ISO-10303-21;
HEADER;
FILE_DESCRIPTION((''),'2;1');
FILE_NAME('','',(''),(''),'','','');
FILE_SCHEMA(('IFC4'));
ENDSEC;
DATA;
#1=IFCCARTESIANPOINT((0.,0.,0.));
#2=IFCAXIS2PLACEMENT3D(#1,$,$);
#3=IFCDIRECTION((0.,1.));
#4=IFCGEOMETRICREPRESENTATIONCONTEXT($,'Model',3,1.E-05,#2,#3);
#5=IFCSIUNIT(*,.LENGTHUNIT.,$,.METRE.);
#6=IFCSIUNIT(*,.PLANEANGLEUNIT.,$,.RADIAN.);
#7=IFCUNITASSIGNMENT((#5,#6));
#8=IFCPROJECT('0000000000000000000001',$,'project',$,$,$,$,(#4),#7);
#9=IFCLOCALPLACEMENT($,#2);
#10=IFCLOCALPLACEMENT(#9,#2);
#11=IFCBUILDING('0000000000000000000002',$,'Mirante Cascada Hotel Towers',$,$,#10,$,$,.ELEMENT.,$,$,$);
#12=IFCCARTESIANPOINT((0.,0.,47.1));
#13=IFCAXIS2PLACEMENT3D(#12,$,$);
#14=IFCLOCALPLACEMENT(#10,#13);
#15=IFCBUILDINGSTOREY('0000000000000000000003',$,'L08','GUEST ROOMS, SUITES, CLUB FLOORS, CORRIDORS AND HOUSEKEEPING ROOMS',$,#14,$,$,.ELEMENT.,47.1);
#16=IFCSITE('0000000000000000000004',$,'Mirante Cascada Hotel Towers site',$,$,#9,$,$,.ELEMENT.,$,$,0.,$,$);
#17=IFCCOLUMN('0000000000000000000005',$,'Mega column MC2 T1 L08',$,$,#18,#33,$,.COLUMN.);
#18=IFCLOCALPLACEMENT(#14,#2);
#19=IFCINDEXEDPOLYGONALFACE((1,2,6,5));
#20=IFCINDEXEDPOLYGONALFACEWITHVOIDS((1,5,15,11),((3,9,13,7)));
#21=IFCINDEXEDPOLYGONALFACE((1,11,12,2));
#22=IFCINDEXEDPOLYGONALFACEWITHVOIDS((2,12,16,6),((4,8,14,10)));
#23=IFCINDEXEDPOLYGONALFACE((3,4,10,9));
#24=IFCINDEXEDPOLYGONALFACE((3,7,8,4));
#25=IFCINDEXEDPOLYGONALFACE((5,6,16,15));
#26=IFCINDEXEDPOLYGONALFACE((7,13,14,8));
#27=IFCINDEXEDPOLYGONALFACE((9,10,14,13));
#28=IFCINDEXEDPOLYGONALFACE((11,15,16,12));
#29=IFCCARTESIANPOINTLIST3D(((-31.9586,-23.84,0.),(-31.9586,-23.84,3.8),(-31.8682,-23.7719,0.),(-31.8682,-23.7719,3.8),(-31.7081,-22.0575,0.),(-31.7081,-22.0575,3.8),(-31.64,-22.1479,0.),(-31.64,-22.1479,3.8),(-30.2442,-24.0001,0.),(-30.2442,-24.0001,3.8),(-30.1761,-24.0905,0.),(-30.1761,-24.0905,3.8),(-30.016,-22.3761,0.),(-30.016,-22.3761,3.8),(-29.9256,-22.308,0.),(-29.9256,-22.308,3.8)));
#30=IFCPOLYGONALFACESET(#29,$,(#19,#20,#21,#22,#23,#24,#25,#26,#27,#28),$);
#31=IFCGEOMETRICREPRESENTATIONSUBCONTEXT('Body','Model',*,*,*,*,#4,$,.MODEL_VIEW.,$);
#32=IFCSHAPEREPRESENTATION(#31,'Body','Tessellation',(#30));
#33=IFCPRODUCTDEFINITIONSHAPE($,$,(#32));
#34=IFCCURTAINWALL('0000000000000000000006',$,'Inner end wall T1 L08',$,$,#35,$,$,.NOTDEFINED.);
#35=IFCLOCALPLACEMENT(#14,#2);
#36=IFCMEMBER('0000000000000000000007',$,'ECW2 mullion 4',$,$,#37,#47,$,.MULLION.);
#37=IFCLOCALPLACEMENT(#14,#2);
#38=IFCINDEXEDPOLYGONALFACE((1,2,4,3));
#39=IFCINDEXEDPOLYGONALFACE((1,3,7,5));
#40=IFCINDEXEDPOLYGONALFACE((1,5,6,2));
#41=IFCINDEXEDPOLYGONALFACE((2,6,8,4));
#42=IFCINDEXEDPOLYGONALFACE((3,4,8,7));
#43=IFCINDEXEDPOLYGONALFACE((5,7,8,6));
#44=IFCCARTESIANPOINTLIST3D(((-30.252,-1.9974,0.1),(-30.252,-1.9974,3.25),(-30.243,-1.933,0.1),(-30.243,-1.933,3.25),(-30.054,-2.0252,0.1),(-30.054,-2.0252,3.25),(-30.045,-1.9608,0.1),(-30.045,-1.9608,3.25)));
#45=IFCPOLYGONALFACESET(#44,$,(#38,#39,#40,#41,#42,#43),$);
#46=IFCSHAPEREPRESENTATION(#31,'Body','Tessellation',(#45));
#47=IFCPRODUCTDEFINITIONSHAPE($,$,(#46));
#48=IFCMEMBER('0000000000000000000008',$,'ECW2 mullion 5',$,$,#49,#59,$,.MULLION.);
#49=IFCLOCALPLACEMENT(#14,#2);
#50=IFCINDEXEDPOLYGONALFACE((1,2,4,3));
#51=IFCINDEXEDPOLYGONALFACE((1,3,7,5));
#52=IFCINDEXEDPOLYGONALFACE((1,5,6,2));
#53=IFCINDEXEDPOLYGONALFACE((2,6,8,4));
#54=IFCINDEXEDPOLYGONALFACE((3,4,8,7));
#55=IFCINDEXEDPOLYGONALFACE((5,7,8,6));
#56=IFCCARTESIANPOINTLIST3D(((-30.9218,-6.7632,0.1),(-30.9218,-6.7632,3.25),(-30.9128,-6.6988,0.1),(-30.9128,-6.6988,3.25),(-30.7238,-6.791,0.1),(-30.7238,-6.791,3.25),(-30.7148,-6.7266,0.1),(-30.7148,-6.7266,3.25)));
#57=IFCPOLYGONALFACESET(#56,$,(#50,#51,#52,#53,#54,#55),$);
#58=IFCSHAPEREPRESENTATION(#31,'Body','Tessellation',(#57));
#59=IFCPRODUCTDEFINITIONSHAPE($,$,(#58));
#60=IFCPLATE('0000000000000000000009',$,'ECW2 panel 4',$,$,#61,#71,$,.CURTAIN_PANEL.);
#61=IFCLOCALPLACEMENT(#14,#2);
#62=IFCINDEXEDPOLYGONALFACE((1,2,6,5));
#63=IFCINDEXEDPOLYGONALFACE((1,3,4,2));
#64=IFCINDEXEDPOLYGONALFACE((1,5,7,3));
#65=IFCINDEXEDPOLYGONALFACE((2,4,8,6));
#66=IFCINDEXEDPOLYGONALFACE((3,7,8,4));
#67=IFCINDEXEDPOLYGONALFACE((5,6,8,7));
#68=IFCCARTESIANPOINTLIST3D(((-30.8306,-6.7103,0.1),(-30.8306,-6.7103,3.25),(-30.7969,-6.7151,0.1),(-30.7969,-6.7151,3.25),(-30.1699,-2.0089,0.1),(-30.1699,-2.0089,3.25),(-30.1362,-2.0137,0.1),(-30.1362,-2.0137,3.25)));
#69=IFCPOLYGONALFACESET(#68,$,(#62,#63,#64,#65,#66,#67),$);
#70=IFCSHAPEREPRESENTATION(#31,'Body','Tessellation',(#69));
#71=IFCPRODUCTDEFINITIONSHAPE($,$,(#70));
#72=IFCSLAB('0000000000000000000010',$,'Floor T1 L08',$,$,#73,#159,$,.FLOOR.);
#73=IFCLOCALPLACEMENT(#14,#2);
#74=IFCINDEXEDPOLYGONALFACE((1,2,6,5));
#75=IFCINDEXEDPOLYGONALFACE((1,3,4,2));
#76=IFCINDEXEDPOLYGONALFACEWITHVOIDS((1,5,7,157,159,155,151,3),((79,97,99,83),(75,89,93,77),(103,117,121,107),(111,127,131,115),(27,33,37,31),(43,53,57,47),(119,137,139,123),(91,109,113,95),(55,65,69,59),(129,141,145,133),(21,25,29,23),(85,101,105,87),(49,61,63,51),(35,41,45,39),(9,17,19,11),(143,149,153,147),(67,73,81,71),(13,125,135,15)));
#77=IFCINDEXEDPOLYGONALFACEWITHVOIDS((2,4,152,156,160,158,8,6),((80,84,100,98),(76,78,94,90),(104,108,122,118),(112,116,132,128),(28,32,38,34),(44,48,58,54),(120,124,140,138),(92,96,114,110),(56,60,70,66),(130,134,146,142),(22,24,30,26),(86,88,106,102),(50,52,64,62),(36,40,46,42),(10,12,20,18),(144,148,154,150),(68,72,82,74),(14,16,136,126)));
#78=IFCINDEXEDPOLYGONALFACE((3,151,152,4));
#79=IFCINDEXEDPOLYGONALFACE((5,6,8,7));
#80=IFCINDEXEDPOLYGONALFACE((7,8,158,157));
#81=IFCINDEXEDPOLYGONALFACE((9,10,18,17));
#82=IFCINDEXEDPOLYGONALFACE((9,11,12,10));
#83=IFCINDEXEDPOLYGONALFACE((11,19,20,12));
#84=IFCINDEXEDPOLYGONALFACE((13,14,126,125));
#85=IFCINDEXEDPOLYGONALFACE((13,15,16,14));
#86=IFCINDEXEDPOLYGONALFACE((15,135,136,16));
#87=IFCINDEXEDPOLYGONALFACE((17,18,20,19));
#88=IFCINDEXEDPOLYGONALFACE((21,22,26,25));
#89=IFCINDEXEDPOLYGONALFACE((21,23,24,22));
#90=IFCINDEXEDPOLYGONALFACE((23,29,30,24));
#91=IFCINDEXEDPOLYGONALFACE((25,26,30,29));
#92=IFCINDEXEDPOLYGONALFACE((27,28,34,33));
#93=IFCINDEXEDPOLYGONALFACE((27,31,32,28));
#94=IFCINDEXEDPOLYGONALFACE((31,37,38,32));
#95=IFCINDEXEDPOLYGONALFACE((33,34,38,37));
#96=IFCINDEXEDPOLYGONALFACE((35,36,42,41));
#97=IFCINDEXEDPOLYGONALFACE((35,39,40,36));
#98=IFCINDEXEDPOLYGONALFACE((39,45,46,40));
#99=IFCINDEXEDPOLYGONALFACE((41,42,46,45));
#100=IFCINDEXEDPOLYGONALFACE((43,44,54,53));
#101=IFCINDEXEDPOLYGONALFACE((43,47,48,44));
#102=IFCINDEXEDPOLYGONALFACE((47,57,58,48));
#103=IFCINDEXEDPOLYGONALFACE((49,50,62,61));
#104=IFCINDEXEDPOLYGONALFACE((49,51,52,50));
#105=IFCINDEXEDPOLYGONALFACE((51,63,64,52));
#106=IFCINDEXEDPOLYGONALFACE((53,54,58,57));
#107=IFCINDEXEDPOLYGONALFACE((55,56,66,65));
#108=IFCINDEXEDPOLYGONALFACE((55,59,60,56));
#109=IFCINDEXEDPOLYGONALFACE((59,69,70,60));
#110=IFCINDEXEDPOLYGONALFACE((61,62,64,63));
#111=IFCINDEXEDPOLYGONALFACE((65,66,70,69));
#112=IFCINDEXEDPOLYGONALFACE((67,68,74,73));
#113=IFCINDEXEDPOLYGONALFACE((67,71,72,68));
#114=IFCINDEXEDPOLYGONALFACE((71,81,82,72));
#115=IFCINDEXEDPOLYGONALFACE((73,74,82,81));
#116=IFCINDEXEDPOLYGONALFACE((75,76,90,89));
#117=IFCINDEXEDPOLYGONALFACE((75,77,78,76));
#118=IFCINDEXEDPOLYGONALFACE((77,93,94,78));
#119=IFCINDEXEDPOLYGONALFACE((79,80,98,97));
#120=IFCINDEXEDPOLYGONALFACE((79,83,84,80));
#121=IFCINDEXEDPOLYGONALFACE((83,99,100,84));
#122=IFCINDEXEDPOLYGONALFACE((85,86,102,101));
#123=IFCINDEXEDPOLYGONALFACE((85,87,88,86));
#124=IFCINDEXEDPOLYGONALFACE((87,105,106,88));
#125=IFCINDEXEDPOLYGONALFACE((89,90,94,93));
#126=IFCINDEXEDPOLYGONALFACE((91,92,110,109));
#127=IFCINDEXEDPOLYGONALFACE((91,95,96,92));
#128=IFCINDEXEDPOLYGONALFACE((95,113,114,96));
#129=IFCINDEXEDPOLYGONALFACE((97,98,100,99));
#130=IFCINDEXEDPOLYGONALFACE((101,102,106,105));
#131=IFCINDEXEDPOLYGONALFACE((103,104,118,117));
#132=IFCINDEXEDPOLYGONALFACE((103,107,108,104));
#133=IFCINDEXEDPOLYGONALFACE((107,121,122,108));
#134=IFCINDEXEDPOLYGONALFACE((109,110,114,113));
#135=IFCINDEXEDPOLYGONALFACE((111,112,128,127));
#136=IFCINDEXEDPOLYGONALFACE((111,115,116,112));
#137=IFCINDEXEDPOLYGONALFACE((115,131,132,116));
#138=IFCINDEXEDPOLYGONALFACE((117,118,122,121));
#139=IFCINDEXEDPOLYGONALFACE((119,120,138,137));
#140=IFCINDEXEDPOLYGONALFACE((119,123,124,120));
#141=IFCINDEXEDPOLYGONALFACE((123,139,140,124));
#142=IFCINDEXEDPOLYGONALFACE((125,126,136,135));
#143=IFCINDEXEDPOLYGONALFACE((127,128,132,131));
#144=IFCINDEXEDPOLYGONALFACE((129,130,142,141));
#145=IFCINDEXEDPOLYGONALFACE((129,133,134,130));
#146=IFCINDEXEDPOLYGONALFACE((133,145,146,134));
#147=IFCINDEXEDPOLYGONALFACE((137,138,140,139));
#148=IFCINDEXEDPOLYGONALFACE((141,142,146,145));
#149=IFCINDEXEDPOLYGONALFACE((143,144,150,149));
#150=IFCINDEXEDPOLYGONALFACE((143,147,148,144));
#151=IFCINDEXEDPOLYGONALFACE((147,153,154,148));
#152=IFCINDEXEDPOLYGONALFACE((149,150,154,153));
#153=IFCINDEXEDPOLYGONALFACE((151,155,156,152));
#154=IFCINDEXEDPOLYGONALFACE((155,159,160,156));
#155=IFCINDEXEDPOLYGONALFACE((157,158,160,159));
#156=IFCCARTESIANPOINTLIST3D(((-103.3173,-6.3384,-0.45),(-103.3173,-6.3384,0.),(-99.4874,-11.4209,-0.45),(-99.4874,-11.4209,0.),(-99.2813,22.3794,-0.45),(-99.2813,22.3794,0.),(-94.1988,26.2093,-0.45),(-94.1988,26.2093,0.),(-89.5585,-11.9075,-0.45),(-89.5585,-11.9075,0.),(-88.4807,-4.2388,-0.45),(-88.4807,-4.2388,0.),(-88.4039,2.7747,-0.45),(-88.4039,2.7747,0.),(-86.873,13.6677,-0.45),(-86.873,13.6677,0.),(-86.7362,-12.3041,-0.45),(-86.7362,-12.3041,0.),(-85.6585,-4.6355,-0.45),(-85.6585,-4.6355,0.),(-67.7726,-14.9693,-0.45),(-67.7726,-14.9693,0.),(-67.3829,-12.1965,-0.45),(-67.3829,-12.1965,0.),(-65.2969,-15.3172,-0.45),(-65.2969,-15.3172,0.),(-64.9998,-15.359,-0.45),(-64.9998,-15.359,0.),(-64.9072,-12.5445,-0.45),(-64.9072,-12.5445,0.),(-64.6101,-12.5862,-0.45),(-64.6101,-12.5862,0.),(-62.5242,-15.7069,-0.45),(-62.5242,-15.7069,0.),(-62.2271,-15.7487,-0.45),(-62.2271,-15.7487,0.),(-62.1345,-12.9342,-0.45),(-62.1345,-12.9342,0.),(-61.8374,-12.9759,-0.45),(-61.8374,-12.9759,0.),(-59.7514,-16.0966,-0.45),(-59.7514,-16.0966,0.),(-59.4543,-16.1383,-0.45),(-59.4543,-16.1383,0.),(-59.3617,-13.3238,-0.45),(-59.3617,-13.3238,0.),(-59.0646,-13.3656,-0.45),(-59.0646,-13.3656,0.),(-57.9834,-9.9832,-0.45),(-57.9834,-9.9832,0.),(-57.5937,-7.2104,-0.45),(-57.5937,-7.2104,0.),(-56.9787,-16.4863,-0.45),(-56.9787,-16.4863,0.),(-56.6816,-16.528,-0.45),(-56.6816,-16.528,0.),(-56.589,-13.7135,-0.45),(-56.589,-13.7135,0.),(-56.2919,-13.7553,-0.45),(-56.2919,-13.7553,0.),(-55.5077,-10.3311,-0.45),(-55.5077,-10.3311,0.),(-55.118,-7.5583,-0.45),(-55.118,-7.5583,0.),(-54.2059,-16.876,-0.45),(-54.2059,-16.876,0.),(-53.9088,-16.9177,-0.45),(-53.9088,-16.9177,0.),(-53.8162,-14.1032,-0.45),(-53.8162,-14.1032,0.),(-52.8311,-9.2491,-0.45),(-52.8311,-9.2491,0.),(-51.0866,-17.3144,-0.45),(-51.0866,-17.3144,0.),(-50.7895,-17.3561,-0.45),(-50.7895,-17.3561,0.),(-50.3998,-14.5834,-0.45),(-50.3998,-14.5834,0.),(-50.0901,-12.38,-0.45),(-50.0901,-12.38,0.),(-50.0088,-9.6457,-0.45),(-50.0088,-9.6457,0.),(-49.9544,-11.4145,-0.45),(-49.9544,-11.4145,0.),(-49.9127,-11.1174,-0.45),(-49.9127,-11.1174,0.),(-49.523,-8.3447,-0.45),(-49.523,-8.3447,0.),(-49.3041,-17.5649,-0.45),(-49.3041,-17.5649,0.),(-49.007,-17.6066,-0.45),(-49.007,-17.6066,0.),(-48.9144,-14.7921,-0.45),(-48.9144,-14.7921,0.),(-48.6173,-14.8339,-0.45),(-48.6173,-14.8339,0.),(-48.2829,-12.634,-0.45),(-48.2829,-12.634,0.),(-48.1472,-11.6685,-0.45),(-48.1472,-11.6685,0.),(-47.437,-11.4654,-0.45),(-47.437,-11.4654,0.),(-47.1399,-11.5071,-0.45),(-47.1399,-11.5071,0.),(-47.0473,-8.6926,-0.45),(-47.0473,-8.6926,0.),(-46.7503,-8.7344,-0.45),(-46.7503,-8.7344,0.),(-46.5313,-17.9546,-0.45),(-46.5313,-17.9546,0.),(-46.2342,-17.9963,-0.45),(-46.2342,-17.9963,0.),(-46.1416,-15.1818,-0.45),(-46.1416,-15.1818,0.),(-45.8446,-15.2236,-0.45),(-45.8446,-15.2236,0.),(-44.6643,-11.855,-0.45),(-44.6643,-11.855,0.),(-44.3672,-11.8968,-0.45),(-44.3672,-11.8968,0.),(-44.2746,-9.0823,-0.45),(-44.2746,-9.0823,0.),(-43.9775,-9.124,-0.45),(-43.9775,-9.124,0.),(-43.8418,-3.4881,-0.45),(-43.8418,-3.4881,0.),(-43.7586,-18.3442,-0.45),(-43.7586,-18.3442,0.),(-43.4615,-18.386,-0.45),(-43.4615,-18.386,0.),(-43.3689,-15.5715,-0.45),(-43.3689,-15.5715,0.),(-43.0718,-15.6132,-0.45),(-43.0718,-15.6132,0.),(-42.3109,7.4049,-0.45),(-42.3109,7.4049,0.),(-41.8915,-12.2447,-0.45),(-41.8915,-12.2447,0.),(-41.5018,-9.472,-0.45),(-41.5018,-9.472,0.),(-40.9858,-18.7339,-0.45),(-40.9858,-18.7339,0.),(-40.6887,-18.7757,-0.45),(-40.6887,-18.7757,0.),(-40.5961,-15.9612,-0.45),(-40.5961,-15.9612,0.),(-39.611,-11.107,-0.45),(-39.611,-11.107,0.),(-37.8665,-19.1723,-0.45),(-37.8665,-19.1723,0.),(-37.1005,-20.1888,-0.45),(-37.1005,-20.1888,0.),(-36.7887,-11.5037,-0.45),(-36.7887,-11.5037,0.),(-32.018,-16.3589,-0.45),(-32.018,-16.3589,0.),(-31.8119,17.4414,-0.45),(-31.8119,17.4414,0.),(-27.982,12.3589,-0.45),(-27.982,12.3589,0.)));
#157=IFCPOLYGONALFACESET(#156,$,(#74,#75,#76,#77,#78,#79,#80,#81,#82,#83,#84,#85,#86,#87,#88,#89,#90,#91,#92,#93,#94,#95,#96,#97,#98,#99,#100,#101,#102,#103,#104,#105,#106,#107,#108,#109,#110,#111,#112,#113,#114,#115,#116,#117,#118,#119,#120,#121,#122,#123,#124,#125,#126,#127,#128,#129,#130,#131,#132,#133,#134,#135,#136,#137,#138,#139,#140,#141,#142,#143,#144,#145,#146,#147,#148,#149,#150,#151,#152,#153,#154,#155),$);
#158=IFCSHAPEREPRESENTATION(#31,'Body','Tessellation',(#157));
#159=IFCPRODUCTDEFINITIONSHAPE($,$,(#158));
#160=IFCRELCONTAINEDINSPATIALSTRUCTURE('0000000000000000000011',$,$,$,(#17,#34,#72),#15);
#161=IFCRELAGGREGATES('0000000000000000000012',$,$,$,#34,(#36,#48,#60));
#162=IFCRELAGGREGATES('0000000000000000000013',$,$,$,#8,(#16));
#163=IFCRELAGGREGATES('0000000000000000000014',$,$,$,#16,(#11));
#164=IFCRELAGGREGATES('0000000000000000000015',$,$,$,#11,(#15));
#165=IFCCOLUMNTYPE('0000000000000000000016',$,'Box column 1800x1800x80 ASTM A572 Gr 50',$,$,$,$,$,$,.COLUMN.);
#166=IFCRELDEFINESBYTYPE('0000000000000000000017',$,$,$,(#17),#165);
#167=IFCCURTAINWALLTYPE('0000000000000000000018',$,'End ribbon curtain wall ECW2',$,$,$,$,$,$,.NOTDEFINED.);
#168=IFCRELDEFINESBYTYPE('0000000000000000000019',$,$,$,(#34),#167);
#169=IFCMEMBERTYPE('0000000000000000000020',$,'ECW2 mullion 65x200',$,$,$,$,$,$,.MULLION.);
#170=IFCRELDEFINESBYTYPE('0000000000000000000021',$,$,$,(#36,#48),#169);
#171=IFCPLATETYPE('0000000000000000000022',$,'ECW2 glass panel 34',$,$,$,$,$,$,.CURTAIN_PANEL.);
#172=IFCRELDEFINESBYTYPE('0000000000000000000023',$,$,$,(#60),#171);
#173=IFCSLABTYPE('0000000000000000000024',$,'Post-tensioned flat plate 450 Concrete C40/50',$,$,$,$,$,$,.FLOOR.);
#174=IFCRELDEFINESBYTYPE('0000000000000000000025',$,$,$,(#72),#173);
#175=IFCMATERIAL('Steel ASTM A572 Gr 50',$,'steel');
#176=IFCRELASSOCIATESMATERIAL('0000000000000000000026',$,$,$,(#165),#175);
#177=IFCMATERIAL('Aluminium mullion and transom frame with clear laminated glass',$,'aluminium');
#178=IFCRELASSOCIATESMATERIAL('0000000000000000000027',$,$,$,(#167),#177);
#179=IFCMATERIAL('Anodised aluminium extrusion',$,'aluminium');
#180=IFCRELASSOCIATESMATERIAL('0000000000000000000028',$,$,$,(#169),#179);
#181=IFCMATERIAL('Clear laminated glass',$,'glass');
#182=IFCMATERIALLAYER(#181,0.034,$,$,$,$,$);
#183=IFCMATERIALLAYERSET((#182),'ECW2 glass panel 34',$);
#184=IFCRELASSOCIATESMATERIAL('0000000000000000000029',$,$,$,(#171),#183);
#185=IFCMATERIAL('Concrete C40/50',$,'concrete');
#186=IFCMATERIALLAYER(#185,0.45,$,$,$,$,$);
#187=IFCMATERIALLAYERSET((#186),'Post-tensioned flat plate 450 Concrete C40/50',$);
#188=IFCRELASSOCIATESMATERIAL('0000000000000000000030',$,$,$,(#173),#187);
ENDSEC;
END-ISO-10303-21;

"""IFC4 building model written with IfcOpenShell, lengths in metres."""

from ifc_helpers import new_model, si_unit, direction, frame, origin, origin_2d, place, context, subcontext, project, spatial, polyline, rectangle, hollow_rectangle, outline, extrude, material, layer, layer_set, material_profile, profile_set, type_object, element, aggregate, save


model = new_model("IFC4")

# Units and contexts
model_context = context("Model", 3, precision=1e-05, world=origin(), true_north=direction((0.0, 1.0)))
body_context = subcontext(model_context, "Body", "Model", "MODEL_VIEW")
ifc_project = project(units=[si_unit("LENGTHUNIT", "METRE"), si_unit("PLANEANGLEUNIT", "RADIAN")], contexts=[model_context])

# Site, building, storey
site_placement = place(None, origin())
site = spatial("IfcSite", under=ifc_project, at=site_placement, Name="Mirante Cascada Hotel Towers site", CompositionType="ELEMENT", RefElevation=0.0)
building_placement = place(site_placement, origin())
building = spatial("IfcBuilding", under=site, at=building_placement, Name="Mirante Cascada Hotel Towers", CompositionType="ELEMENT")
storey_placement = place(building_placement, frame((0.0, 0.0, 47.1)))
storey = spatial("IfcBuildingStorey", under=building, at=storey_placement, Name="L08", Description="GUEST ROOMS, SUITES, CLUB FLOORS, CORRIDORS AND HOUSEKEEPING ROOMS", CompositionType="ELEMENT", Elevation=47.1)

# Column
ifc_material_1 = material(Name="Steel ASTM A572 Gr 50", Category="steel")
ifc_material_profile_1 = material_profile(ifc_material_1, hollow_rectangle(XDim=1.8, YDim=1.8, WallThickness=0.08, at=origin_2d()), Name="Box column 1800x1800x80 ASTM A572 Gr 50")
ifc_profile_set_1 = profile_set([ifc_material_profile_1], Name="Steel ASTM A572 Gr 50")
column_type = type_object("IfcColumnType", Name="Box column 1800x1800x80 ASTM A572 Gr 50", PredefinedType="COLUMN", material=ifc_profile_set_1)
column_placement = place(storey_placement, frame((-30.9421, -23.074, 0.0), z_axis=(0.0, 0.0, 1.0), x_axis=(-0.990268, 0.139173, 0.0)))
element("IfcColumn", 1, at=column_placement, inside=storey, type_object=column_type, Name="Mega column MC2 T1 L08", PredefinedType="COLUMN", context=body_context, shape_type="SweptSolid", body=[
    extrude(hollow_rectangle(XDim=1.8, YDim=1.8, WallThickness=0.08, at=origin_2d()), origin(), (0.0, 0.0, 1.0), 3.8),
])

# Curtain wall, members, plate
ifc_material_2 = material(Name="Aluminium mullion and transom frame with clear laminated glass", Category="aluminium")
curtain_wall_type = type_object("IfcCurtainWallType", Name="End ribbon curtain wall ECW2", PredefinedType="NOTDEFINED", material=ifc_material_2)
curtain_wall_placement = place(storey_placement, origin())
curtain_wall = element("IfcCurtainWall", 2, at=curtain_wall_placement, inside=storey, type_object=curtain_wall_type, Name="Inner end wall T1 L08", PredefinedType="NOTDEFINED")
ifc_material_3 = material(Name="Anodised aluminium extrusion", Category="aluminium")
ifc_material_profile_2 = material_profile(ifc_material_3, rectangle(XDim=0.2, YDim=0.065, at=origin_2d()), Name="ECW2 MULLION 65x200")
ifc_profile_set_2 = profile_set([ifc_material_profile_2], Name="Anodised aluminium extrusion")
member_type = type_object("IfcMemberType", Name="ECW2 mullion 65x200", PredefinedType="MULLION", material=ifc_profile_set_2)
member_1_placement = place(storey_placement, frame((-30.1485, -1.9791, 0.1), z_axis=(0.0, 0.0, 1.0), x_axis=(0.990268, -0.139173, 0.0)))
member_1 = element("IfcMember", 3, at=member_1_placement, type_object=member_type, Name="ECW2 mullion 4", PredefinedType="MULLION", context=body_context, shape_type="SweptSolid", body=[
    extrude(rectangle(XDim=0.2, YDim=0.065, at=origin_2d()), origin(), (0.0, 0.0, 1.0), 3.15),
])
member_2_placement = place(storey_placement, frame((-30.8183, -6.7449, 0.1), z_axis=(0.0, 0.0, 1.0), x_axis=(0.990268, -0.139173, 0.0)))
member_2 = element("IfcMember", 4, at=member_2_placement, type_object=member_type, Name="ECW2 mullion 5", PredefinedType="MULLION", context=body_context, shape_type="SweptSolid", body=[
    extrude(rectangle(XDim=0.2, YDim=0.065, at=origin_2d()), origin(), (0.0, 0.0, 1.0), 3.15),
])
ifc_material_4 = material(Name="Clear laminated glass", Category="glass")
ifc_layer_1 = layer(ifc_material_4, 0.034)
ifc_layer_set_1 = layer_set([ifc_layer_1], Name="ECW2 glass panel 34")
plate_type = type_object("IfcPlateType", Name="ECW2 glass panel 34", PredefinedType="CURTAIN_PANEL", material=ifc_layer_set_1)
plate_placement = place(storey_placement, frame((-30.4834, -4.362, 0.1), z_axis=(0.0, 0.0, 1.0), x_axis=(-0.139173, -0.990268, 0.0)))
plate = element("IfcPlate", 5, at=plate_placement, type_object=plate_type, Name="ECW2 panel 4", PredefinedType="CURTAIN_PANEL", context=body_context, shape_type="SweptSolid", body=[
    extrude(rectangle(XDim=4.7476, YDim=0.034, at=origin_2d()), origin(), (0.0, 0.0, 1.0), 3.15),
])
aggregate(curtain_wall, [member_1, member_2, plate])

# Slab
ifc_material_5 = material(Name="Concrete C40/50", Category="concrete")
ifc_layer_2 = layer(ifc_material_5, 0.45)
ifc_layer_set_2 = layer_set([ifc_layer_2], Name="Post-tensioned flat plate 450 Concrete C40/50")
slab_type = type_object("IfcSlabType", Name="Post-tensioned flat plate 450 Concrete C40/50", PredefinedType="FLOOR", material=ifc_layer_set_2)
slab_1_placement = place(storey_placement, frame((0.0, 0.0, -0.45)))
element("IfcSlab", 6, at=slab_1_placement, inside=storey, type_object=slab_type, Name="Floor T1 L08", PredefinedType="FLOOR", context=body_context, shape_type="SweptSolid", body=[
    extrude(outline(polyline([(-32.018, -16.3589), (-27.982, 12.3589), (-31.8119, 17.4414), (-94.1988, 26.2093), (-99.2813, 22.3794), (-103.3173, -6.3384), (-99.4874, -11.4209), (-37.1005, -20.1888), (-32.018, -16.3589)]), holes=[polyline([(-43.0718, -15.6132), (-40.5961, -15.9612), (-40.9858, -18.7339), (-43.4615, -18.386), (-43.0718, -15.6132)]), polyline([(-45.8446, -15.2236), (-43.3689, -15.5715), (-43.7586, -18.3442), (-46.2342, -17.9963), (-45.8446, -15.2236)]), polyline([(-48.6173, -14.8339), (-46.1416, -15.1818), (-46.5313, -17.9546), (-49.007, -17.6066), (-48.6173, -14.8339)]), polyline([(-50.3998, -14.5834), (-48.9144, -14.7921), (-49.3041, -17.5649), (-50.7895, -17.3561), (-50.3998, -14.5834)]), polyline([(-36.7887, -11.5037), (-37.8665, -19.1723), (-40.6887, -18.7757), (-39.611, -11.107), (-36.7887, -11.5037)]), polyline([(-49.9544, -11.4145), (-48.1472, -11.6685), (-48.2829, -12.634), (-50.0901, -12.38), (-49.9544, -11.4145)]), polyline([(-43.9775, -9.124), (-41.5018, -9.472), (-41.8915, -12.2447), (-44.3672, -11.8968), (-43.9775, -9.124)]), polyline([(-47.1399, -11.5071), (-46.7503, -8.7344), (-44.2746, -9.0823), (-44.6643, -11.855), (-47.1399, -11.5071)]), polyline([(-49.9127, -11.1174), (-49.523, -8.3447), (-47.0473, -8.6926), (-47.437, -11.4654), (-49.9127, -11.1174)]), polyline([(-56.2919, -13.7553), (-53.8162, -14.1032), (-54.2059, -16.876), (-56.6816, -16.528), (-56.2919, -13.7553)]), polyline([(-59.0646, -13.3656), (-56.589, -13.7135), (-56.9787, -16.4863), (-59.4543, -16.1383), (-59.0646, -13.3656)]), polyline([(-61.8374, -12.9759), (-59.3617, -13.3238), (-59.7514, -16.0966), (-62.2271, -15.7487), (-61.8374, -12.9759)]), polyline([(-64.6101, -12.5862), (-62.1345, -12.9342), (-62.5242, -15.7069), (-64.9998, -15.359), (-64.6101, -12.5862)]), polyline([(-67.3829, -12.1965), (-64.9072, -12.5445), (-65.2969, -15.3172), (-67.7726, -14.9693), (-67.3829, -12.1965)]), polyline([(-50.0088, -9.6457), (-51.0866, -17.3144), (-53.9088, -16.9177), (-52.8311, -9.2491), (-50.0088, -9.6457)]), polyline([(-85.6585, -4.6355), (-86.7362, -12.3041), (-89.5585, -11.9075), (-88.4807, -4.2388), (-85.6585, -4.6355)]), polyline([(-57.9834, -9.9832), (-57.5937, -7.2104), (-55.118, -7.5583), (-55.5077, -10.3311), (-57.9834, -9.9832)]), polyline([(-88.4039, 2.7747), (-86.873, 13.6677), (-42.3109, 7.4049), (-43.8418, -3.4881), (-88.4039, 2.7747)])]), origin(), (0.0, 0.0, 1.0), 0.45),
])

save(model, "model.ifc")
